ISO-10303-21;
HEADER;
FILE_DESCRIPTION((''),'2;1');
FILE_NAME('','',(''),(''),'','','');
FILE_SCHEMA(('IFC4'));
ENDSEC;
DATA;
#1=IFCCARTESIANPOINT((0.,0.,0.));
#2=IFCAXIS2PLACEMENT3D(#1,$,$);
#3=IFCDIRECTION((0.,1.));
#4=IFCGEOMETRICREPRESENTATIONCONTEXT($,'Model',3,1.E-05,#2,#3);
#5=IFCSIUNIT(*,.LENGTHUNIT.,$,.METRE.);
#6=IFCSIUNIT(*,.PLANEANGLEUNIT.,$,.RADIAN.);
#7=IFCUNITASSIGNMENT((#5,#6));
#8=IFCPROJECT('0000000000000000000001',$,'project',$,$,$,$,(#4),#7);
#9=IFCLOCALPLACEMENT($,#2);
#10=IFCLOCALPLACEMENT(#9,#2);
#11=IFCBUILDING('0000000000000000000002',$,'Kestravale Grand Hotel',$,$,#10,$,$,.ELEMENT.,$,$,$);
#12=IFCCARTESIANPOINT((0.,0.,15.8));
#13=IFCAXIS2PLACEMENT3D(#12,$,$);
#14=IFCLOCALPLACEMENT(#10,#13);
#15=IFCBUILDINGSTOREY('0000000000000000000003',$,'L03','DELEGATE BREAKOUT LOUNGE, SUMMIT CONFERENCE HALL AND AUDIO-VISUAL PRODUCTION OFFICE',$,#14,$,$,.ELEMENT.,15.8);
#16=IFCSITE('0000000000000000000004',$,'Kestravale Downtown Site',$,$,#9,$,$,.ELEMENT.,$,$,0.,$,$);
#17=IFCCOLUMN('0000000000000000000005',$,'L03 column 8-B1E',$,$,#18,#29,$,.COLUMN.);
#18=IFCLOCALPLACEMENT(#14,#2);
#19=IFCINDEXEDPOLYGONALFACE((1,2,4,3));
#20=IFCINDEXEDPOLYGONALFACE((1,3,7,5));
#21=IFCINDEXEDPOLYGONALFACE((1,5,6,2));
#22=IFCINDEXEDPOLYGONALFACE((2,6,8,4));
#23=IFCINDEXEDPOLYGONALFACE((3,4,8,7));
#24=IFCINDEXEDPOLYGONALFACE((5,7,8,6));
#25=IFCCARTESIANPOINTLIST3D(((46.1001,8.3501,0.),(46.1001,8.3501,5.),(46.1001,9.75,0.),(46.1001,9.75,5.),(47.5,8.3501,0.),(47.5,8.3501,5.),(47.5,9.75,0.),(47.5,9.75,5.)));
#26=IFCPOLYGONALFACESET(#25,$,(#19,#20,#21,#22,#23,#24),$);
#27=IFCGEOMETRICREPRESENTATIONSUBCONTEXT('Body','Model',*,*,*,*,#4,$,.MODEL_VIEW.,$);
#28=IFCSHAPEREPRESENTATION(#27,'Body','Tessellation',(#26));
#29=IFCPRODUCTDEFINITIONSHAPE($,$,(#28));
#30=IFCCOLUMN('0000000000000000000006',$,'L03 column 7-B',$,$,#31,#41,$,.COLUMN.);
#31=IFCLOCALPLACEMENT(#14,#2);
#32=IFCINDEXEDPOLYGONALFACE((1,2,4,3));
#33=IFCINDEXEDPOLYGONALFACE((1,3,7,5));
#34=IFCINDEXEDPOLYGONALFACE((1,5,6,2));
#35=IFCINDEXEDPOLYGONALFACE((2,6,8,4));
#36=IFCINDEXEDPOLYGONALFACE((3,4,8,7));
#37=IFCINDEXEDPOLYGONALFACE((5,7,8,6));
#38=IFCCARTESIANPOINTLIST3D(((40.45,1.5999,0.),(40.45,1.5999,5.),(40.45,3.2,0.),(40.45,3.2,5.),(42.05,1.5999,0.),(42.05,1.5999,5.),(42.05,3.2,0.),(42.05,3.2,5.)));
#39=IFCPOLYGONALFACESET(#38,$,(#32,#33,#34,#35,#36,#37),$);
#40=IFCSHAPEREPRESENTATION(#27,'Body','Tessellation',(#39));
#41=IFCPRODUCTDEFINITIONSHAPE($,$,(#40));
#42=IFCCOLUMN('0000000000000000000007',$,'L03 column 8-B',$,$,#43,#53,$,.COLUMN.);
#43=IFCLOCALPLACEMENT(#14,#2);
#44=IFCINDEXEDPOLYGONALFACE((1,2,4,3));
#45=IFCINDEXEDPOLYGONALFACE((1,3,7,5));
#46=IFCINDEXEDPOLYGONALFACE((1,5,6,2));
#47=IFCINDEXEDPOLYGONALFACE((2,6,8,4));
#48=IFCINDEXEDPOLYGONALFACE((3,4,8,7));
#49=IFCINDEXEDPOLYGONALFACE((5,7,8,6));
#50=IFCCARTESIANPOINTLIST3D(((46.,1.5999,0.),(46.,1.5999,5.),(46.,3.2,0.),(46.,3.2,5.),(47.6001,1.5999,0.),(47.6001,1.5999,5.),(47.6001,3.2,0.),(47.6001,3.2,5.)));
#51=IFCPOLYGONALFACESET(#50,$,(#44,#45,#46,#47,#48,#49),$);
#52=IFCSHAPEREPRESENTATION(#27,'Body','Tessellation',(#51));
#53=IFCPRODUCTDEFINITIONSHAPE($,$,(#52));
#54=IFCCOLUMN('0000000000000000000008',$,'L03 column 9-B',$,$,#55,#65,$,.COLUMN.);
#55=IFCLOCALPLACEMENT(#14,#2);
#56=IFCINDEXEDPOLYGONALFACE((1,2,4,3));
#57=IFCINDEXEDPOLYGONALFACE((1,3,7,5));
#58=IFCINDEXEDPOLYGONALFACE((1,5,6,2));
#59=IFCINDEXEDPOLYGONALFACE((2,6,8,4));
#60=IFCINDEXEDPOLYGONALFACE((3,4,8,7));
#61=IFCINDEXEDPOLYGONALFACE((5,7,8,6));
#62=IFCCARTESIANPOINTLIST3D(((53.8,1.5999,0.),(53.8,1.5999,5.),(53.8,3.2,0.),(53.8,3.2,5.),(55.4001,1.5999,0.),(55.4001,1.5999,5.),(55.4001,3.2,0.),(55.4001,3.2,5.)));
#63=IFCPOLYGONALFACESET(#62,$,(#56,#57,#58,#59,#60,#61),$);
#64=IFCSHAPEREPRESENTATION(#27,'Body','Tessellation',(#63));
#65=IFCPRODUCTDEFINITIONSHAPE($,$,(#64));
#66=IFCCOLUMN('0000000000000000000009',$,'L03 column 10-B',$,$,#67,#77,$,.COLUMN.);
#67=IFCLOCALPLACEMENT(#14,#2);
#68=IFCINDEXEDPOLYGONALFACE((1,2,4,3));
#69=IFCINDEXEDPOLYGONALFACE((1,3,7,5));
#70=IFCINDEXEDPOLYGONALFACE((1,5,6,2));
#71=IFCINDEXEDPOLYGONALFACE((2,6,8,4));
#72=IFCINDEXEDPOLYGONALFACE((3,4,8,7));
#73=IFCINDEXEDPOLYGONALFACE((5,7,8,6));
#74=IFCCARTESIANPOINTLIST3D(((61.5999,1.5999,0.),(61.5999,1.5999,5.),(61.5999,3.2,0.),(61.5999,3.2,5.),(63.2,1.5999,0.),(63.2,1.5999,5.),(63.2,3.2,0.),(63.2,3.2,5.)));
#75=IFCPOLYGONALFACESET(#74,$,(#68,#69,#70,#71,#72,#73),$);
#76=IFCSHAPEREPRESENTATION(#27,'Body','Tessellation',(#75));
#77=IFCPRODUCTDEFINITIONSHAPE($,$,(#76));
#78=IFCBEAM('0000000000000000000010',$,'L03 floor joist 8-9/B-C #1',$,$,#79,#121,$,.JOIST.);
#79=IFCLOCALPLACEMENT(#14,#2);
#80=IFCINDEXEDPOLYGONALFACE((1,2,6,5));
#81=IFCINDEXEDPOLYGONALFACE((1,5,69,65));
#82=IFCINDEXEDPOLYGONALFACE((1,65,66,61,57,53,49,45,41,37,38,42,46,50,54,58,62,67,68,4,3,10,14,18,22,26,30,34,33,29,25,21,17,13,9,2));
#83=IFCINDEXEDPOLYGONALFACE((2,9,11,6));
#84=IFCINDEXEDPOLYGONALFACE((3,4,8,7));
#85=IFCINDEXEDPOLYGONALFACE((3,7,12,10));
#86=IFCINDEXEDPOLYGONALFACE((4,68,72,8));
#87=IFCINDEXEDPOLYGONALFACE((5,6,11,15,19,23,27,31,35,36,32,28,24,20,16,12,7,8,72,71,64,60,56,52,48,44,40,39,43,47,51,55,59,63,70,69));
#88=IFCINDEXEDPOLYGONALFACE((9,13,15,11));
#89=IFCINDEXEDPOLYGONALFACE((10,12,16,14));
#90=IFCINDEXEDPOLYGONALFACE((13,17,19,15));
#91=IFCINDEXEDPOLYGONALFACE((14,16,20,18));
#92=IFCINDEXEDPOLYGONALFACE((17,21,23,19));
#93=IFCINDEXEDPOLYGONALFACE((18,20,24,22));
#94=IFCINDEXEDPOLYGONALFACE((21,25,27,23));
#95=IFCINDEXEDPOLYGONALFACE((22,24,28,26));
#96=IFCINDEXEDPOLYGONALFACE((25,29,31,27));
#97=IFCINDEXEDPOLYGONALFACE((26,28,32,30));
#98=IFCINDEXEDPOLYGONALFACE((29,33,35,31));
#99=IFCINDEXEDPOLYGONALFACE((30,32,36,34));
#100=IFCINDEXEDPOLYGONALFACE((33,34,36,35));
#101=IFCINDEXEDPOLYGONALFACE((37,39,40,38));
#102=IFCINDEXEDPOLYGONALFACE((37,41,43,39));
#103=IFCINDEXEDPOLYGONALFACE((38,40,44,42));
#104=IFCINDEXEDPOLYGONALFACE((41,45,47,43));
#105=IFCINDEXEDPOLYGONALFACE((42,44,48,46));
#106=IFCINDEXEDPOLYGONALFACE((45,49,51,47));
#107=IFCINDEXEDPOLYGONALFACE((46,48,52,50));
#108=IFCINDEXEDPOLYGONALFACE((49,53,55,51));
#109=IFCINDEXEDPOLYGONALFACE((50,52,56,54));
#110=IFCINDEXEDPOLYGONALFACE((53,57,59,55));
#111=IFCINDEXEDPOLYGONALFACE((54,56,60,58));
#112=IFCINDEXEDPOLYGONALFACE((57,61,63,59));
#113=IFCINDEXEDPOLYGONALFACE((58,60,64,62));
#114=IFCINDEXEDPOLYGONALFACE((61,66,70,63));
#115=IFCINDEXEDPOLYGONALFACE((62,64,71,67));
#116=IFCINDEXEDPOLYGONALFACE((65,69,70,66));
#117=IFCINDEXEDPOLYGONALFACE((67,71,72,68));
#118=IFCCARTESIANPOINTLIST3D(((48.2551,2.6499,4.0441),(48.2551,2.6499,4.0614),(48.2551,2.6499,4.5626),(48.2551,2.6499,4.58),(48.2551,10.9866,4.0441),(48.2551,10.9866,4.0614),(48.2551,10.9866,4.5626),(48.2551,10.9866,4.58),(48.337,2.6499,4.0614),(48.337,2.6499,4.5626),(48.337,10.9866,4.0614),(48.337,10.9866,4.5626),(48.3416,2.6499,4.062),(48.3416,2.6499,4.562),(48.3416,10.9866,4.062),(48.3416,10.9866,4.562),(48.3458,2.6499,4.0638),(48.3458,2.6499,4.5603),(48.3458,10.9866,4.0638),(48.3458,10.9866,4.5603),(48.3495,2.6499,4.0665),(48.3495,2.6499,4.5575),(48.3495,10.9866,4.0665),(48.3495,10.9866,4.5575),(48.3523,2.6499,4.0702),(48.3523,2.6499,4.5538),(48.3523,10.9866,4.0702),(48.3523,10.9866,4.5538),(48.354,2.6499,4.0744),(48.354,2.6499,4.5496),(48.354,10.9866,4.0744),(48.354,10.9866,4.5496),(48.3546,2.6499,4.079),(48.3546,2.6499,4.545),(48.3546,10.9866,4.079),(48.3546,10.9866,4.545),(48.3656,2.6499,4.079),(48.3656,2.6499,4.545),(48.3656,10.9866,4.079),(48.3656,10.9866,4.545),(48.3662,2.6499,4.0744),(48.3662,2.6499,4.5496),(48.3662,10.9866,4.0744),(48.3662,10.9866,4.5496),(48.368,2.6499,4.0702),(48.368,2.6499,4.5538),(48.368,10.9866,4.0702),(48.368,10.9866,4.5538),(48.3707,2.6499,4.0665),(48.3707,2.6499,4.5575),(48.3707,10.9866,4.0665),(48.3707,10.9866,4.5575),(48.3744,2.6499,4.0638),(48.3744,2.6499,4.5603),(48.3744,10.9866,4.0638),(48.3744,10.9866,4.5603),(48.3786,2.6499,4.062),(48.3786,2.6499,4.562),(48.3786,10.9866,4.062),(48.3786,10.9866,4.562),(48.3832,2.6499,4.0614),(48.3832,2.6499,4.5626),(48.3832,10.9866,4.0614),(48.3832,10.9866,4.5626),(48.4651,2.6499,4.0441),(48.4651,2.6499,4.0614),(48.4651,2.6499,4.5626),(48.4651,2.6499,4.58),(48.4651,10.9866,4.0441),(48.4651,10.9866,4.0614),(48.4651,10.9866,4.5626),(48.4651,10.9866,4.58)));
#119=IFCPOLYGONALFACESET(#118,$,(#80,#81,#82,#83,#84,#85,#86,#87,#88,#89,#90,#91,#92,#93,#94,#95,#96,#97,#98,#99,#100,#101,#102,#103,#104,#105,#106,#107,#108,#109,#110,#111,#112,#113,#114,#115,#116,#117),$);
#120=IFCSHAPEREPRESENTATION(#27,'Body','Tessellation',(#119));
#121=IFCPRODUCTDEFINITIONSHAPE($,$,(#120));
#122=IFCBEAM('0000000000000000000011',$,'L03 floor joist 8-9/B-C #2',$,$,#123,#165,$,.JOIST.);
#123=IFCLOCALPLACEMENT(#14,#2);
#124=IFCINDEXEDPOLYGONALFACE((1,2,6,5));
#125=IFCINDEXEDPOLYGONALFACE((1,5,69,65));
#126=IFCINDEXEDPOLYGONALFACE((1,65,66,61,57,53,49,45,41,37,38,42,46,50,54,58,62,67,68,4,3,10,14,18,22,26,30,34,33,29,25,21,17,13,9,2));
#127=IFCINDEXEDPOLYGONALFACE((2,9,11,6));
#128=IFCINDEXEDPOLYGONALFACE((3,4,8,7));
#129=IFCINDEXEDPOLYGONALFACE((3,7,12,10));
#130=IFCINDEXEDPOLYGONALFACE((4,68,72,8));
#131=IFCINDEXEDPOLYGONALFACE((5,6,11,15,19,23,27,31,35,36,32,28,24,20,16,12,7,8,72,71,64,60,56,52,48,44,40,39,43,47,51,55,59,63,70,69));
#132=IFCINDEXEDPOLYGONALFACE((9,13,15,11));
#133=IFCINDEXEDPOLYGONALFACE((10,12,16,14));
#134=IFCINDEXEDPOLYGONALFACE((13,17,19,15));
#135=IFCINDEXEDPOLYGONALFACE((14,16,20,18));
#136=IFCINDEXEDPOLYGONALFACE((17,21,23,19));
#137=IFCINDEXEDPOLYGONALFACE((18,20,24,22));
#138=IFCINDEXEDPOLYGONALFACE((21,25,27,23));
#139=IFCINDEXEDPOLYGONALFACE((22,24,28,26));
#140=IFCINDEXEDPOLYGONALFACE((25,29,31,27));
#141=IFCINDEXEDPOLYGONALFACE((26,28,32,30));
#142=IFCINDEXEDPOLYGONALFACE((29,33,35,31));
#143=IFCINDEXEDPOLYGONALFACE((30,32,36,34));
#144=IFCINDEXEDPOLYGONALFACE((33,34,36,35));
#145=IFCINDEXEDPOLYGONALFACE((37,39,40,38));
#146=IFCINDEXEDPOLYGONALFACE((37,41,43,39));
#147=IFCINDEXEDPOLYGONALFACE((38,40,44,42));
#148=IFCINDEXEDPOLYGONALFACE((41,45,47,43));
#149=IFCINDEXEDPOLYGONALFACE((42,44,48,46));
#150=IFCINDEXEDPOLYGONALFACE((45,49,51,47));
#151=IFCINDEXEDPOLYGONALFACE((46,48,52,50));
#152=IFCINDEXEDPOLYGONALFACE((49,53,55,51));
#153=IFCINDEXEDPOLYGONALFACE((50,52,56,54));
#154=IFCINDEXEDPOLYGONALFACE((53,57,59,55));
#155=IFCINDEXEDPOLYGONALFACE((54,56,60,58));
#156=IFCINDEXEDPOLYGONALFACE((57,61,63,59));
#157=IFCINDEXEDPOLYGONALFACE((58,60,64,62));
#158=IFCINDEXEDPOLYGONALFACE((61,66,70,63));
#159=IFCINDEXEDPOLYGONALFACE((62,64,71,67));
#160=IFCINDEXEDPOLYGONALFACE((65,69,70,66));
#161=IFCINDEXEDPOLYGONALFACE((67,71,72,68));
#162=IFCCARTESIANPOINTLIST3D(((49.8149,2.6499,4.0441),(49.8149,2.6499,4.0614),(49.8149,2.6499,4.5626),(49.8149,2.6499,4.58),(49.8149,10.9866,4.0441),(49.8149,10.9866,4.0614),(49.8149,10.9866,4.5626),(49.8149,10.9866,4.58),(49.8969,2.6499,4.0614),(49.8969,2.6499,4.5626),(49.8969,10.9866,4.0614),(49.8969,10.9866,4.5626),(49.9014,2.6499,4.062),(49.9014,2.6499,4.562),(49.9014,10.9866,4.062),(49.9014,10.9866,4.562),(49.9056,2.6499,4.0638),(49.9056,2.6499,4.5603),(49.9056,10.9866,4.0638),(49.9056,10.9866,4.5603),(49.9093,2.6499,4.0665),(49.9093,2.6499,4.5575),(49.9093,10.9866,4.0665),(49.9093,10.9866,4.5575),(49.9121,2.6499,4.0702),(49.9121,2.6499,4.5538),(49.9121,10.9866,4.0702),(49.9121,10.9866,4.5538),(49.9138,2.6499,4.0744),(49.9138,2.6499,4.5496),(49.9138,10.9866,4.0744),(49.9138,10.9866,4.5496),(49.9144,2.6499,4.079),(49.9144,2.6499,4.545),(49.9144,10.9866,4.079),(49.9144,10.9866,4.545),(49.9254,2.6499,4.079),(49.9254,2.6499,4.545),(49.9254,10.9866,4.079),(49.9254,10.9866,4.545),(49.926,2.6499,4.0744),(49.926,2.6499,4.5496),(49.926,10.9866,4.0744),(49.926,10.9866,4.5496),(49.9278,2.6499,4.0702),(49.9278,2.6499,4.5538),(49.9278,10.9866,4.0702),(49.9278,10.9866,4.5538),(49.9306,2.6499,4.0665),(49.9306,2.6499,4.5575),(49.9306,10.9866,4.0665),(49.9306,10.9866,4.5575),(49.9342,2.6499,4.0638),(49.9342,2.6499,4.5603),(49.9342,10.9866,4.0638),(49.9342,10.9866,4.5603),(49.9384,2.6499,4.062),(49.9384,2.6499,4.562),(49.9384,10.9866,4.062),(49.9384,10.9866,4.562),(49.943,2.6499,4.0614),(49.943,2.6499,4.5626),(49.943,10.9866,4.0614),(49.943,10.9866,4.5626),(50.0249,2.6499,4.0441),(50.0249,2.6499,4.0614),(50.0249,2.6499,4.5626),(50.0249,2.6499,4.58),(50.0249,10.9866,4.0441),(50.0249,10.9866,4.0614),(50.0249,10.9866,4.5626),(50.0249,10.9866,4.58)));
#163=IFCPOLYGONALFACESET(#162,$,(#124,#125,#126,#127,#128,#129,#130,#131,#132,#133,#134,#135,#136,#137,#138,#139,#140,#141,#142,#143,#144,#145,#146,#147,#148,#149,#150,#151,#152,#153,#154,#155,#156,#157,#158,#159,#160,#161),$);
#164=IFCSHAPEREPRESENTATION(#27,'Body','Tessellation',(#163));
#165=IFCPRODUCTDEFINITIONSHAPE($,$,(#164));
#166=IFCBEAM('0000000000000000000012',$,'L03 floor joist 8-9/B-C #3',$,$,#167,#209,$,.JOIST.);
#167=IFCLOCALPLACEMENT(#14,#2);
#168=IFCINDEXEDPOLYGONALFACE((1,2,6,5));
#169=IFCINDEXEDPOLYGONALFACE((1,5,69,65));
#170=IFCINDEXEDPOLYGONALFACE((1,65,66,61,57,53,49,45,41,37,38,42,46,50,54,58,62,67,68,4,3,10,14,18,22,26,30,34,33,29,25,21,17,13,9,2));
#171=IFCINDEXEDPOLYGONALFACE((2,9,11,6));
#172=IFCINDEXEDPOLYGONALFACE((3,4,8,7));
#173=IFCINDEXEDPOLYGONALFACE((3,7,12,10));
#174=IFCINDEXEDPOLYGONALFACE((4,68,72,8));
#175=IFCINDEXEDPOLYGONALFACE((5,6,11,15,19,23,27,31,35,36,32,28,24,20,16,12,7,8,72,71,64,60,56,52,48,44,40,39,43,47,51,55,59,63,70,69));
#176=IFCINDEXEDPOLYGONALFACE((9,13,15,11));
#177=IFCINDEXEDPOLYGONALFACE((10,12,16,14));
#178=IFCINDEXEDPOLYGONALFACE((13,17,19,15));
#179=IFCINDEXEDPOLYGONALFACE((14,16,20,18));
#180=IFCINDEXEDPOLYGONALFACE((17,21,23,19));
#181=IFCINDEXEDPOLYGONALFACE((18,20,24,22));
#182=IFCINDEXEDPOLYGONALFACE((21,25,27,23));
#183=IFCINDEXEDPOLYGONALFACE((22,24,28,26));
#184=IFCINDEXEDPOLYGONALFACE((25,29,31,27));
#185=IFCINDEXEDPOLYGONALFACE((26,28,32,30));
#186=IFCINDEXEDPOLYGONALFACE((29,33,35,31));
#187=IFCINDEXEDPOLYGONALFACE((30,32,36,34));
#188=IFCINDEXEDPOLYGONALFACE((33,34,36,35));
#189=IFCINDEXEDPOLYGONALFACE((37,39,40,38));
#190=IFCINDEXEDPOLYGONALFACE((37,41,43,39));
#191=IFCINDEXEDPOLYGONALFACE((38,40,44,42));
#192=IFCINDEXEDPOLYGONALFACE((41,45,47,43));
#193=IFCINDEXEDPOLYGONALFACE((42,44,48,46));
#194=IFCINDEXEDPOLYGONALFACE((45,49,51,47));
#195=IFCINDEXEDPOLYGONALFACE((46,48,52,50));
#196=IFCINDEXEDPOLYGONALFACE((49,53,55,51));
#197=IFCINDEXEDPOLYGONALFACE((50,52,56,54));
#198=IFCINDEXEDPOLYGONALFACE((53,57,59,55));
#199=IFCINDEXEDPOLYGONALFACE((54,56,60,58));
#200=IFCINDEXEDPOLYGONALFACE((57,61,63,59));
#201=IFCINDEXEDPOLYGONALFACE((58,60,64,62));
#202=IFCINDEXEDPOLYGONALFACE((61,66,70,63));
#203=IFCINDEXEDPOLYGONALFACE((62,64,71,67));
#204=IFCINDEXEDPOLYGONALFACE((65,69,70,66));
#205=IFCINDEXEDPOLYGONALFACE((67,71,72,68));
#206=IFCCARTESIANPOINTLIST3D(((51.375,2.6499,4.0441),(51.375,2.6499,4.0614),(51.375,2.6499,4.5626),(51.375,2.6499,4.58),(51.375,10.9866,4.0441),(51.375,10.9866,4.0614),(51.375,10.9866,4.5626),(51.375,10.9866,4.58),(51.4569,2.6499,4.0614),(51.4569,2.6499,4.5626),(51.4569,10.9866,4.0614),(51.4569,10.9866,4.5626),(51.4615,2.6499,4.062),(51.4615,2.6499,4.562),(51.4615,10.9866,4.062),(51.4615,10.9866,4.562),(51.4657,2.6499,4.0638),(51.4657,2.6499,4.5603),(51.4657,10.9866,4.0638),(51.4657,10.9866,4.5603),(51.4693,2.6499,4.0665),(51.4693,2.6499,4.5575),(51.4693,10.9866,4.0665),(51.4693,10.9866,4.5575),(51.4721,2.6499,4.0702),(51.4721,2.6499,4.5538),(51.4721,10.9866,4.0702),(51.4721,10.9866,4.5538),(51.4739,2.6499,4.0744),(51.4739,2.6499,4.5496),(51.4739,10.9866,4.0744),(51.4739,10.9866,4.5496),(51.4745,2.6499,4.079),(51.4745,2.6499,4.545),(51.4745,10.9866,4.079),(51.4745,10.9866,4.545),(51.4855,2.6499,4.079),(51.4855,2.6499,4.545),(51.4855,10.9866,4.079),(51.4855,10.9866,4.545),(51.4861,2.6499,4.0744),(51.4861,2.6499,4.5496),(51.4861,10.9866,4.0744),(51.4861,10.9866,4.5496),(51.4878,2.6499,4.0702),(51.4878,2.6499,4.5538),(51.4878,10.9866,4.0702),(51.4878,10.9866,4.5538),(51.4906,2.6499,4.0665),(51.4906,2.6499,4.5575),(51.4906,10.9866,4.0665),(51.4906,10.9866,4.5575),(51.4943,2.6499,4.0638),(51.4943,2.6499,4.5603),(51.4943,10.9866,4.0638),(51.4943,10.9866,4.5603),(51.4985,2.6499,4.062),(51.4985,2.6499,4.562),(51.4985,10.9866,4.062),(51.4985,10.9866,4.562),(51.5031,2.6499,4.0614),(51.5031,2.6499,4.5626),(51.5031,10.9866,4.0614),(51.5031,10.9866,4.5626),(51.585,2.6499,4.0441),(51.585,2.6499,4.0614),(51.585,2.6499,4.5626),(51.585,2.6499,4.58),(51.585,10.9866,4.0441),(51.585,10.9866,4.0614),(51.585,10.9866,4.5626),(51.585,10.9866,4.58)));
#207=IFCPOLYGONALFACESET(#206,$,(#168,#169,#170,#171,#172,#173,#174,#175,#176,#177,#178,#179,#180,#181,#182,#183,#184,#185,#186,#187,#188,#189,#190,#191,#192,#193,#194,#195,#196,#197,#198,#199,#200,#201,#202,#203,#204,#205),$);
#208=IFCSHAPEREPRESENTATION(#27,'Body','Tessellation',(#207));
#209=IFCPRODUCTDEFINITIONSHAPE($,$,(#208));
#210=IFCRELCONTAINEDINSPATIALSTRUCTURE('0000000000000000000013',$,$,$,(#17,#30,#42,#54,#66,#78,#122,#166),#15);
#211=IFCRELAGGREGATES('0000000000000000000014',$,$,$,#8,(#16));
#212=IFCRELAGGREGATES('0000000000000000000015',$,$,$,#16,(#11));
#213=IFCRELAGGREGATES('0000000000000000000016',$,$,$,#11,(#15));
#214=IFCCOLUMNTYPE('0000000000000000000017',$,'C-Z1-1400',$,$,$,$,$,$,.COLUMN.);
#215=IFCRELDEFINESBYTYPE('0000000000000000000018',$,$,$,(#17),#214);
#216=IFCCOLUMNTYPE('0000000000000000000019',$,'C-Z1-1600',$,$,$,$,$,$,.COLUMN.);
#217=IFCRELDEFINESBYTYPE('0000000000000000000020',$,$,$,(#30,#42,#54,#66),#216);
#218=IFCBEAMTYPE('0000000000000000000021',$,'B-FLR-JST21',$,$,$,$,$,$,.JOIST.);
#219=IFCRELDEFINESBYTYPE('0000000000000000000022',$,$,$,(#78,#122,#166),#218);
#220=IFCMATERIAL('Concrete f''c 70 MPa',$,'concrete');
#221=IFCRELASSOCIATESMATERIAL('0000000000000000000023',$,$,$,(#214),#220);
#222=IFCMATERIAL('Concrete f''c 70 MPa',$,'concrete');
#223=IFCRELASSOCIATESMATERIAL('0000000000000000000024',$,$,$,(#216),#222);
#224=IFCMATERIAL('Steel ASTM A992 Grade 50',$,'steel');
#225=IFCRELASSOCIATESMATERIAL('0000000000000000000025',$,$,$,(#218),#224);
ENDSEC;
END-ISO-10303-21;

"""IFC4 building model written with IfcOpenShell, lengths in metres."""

from ifc_helpers import new_model, si_unit, direction, frame, origin, origin_2d, place, context, subcontext, project, spatial, rectangle, i_section, extrude, material, material_profile, profile_set, type_object, element, save


model = new_model("IFC4")

# Units and contexts
model_context = context("Model", 3, precision=1e-05, world=origin(), true_north=direction((0.0, 1.0)))
body_context = subcontext(model_context, "Body", "Model", "MODEL_VIEW")
ifc_project = project(units=[si_unit("LENGTHUNIT", "METRE"), si_unit("PLANEANGLEUNIT", "RADIAN")], contexts=[model_context])

# Site, building, storey
site_placement = place(None, origin())
site = spatial("IfcSite", under=ifc_project, at=site_placement, Name="Kestravale Downtown Site", CompositionType="ELEMENT", RefElevation=0.0)
building_placement = place(site_placement, origin())
building = spatial("IfcBuilding", under=site, at=building_placement, Name="Kestravale Grand Hotel", CompositionType="ELEMENT")
storey_placement = place(building_placement, frame((0.0, 0.0, 15.8)))
storey = spatial("IfcBuildingStorey", under=building, at=storey_placement, Name="L03", Description="DELEGATE BREAKOUT LOUNGE, SUMMIT CONFERENCE HALL AND AUDIO-VISUAL PRODUCTION OFFICE", CompositionType="ELEMENT", Elevation=15.8)

# Columns
ifc_material_1 = material(Name="Concrete f'c 70 MPa", Category="concrete")
ifc_material_profile_1 = material_profile(ifc_material_1, rectangle(XDim=1.3999, YDim=1.3999, at=origin_2d()))
ifc_profile_set_1 = profile_set([ifc_material_profile_1], Name="Concrete f'c 70 MPa")
column_type_1 = type_object("IfcColumnType", Name="C-Z1-1400", PredefinedType="COLUMN", material=ifc_profile_set_1)
column_placement = place(storey_placement, frame((46.8, 9.05, 0.0), z_axis=(0.0, 0.0, 1.0), x_axis=(1.0, 0.0, 0.0)))
element("IfcColumn", 1, at=column_placement, inside=storey, type_object=column_type_1, Name="L03 column 8-B1E", PredefinedType="COLUMN", context=body_context, shape_type="SweptSolid", body=[
    extrude(rectangle(XDim=1.3999, YDim=1.3999, at=origin_2d()), origin(), (0.0, 0.0, 1.0), 5.0),
])
ifc_material_2 = material(Name="Concrete f'c 70 MPa", Category="concrete")
ifc_material_profile_2 = material_profile(ifc_material_2, rectangle(XDim=1.6001, YDim=1.6001, at=origin_2d()))
ifc_profile_set_2 = profile_set([ifc_material_profile_2], Name="Concrete f'c 70 MPa")
column_type_2 = type_object("IfcColumnType", Name="C-Z1-1600", PredefinedType="COLUMN", material=ifc_profile_set_2)
for number, where, z_axis, x_axis, name in (
    (2, (41.25, 2.3999, 0.0), (0.0, 0.0, 1.0), (1.0, 0.0, 0.0), "L03 column 7-B"),
    (3, (46.8, 2.3999, 0.0), (0.0, 0.0, 1.0), (1.0, 0.0, 0.0), "L03 column 8-B"),
    (4, (54.6001, 2.3999, 0.0), (0.0, 0.0, 1.0), (1.0, 0.0, 0.0), "L03 column 9-B"),
    (5, (62.3999, 2.3999, 0.0), (0.0, 0.0, 1.0), (1.0, 0.0, 0.0), "L03 column 10-B"),
):
    element("IfcColumn", number, at=place(storey_placement, frame(where, z_axis=z_axis, x_axis=x_axis)), inside=storey, type_object=column_type_2, Name=name, PredefinedType="COLUMN", context=body_context, shape_type="SweptSolid", body=[
        extrude(rectangle(XDim=1.6001, YDim=1.6001, at=origin_2d()), origin(), (0.0, 0.0, 1.0), 5.0),
    ])

# Beams
ifc_material_3 = material(Name="Steel ASTM A992 Grade 50", Category="steel")
ifc_material_profile_3 = material_profile(ifc_material_3, i_section(OverallWidth=0.21, OverallDepth=0.5359, WebThickness=0.011, FlangeThickness=0.0173, FilletRadius=0.0176, at=origin_2d()))
ifc_profile_set_3 = profile_set([ifc_material_profile_3], Name="Steel ASTM A992 Grade 50")
beam_type_1 = type_object("IfcBeamType", Name="B-FLR-JST21", PredefinedType="JOIST", material=ifc_profile_set_3)
for number, where, z_axis, x_axis, name in (
    (6, (48.3601, 2.6499, 4.312), (0.0, 1.0, 0.0), (-1.0, 0.0, 0.0), "L03 floor joist 8-9/B-C #1"),
    (7, (49.9199, 2.6499, 4.312), (0.0, 1.0, 0.0), (-1.0, 0.0, 0.0), "L03 floor joist 8-9/B-C #2"),
    (8, (51.48, 2.6499, 4.312), (0.0, 1.0, 0.0), (-1.0, 0.0, 0.0), "L03 floor joist 8-9/B-C #3"),
):
    element("IfcBeam", number, at=place(storey_placement, frame(where, z_axis=z_axis, x_axis=x_axis)), inside=storey, type_object=beam_type_1, Name=name, PredefinedType="JOIST", context=body_context, shape_type="SweptSolid", body=[
        extrude(i_section(OverallWidth=0.21, OverallDepth=0.5359, WebThickness=0.011, FlangeThickness=0.0173, FilletRadius=0.0176, at=origin_2d()), origin(), (0.0, 0.0, 1.0), 8.3367),
    ])

save(model, "model.ifc")
